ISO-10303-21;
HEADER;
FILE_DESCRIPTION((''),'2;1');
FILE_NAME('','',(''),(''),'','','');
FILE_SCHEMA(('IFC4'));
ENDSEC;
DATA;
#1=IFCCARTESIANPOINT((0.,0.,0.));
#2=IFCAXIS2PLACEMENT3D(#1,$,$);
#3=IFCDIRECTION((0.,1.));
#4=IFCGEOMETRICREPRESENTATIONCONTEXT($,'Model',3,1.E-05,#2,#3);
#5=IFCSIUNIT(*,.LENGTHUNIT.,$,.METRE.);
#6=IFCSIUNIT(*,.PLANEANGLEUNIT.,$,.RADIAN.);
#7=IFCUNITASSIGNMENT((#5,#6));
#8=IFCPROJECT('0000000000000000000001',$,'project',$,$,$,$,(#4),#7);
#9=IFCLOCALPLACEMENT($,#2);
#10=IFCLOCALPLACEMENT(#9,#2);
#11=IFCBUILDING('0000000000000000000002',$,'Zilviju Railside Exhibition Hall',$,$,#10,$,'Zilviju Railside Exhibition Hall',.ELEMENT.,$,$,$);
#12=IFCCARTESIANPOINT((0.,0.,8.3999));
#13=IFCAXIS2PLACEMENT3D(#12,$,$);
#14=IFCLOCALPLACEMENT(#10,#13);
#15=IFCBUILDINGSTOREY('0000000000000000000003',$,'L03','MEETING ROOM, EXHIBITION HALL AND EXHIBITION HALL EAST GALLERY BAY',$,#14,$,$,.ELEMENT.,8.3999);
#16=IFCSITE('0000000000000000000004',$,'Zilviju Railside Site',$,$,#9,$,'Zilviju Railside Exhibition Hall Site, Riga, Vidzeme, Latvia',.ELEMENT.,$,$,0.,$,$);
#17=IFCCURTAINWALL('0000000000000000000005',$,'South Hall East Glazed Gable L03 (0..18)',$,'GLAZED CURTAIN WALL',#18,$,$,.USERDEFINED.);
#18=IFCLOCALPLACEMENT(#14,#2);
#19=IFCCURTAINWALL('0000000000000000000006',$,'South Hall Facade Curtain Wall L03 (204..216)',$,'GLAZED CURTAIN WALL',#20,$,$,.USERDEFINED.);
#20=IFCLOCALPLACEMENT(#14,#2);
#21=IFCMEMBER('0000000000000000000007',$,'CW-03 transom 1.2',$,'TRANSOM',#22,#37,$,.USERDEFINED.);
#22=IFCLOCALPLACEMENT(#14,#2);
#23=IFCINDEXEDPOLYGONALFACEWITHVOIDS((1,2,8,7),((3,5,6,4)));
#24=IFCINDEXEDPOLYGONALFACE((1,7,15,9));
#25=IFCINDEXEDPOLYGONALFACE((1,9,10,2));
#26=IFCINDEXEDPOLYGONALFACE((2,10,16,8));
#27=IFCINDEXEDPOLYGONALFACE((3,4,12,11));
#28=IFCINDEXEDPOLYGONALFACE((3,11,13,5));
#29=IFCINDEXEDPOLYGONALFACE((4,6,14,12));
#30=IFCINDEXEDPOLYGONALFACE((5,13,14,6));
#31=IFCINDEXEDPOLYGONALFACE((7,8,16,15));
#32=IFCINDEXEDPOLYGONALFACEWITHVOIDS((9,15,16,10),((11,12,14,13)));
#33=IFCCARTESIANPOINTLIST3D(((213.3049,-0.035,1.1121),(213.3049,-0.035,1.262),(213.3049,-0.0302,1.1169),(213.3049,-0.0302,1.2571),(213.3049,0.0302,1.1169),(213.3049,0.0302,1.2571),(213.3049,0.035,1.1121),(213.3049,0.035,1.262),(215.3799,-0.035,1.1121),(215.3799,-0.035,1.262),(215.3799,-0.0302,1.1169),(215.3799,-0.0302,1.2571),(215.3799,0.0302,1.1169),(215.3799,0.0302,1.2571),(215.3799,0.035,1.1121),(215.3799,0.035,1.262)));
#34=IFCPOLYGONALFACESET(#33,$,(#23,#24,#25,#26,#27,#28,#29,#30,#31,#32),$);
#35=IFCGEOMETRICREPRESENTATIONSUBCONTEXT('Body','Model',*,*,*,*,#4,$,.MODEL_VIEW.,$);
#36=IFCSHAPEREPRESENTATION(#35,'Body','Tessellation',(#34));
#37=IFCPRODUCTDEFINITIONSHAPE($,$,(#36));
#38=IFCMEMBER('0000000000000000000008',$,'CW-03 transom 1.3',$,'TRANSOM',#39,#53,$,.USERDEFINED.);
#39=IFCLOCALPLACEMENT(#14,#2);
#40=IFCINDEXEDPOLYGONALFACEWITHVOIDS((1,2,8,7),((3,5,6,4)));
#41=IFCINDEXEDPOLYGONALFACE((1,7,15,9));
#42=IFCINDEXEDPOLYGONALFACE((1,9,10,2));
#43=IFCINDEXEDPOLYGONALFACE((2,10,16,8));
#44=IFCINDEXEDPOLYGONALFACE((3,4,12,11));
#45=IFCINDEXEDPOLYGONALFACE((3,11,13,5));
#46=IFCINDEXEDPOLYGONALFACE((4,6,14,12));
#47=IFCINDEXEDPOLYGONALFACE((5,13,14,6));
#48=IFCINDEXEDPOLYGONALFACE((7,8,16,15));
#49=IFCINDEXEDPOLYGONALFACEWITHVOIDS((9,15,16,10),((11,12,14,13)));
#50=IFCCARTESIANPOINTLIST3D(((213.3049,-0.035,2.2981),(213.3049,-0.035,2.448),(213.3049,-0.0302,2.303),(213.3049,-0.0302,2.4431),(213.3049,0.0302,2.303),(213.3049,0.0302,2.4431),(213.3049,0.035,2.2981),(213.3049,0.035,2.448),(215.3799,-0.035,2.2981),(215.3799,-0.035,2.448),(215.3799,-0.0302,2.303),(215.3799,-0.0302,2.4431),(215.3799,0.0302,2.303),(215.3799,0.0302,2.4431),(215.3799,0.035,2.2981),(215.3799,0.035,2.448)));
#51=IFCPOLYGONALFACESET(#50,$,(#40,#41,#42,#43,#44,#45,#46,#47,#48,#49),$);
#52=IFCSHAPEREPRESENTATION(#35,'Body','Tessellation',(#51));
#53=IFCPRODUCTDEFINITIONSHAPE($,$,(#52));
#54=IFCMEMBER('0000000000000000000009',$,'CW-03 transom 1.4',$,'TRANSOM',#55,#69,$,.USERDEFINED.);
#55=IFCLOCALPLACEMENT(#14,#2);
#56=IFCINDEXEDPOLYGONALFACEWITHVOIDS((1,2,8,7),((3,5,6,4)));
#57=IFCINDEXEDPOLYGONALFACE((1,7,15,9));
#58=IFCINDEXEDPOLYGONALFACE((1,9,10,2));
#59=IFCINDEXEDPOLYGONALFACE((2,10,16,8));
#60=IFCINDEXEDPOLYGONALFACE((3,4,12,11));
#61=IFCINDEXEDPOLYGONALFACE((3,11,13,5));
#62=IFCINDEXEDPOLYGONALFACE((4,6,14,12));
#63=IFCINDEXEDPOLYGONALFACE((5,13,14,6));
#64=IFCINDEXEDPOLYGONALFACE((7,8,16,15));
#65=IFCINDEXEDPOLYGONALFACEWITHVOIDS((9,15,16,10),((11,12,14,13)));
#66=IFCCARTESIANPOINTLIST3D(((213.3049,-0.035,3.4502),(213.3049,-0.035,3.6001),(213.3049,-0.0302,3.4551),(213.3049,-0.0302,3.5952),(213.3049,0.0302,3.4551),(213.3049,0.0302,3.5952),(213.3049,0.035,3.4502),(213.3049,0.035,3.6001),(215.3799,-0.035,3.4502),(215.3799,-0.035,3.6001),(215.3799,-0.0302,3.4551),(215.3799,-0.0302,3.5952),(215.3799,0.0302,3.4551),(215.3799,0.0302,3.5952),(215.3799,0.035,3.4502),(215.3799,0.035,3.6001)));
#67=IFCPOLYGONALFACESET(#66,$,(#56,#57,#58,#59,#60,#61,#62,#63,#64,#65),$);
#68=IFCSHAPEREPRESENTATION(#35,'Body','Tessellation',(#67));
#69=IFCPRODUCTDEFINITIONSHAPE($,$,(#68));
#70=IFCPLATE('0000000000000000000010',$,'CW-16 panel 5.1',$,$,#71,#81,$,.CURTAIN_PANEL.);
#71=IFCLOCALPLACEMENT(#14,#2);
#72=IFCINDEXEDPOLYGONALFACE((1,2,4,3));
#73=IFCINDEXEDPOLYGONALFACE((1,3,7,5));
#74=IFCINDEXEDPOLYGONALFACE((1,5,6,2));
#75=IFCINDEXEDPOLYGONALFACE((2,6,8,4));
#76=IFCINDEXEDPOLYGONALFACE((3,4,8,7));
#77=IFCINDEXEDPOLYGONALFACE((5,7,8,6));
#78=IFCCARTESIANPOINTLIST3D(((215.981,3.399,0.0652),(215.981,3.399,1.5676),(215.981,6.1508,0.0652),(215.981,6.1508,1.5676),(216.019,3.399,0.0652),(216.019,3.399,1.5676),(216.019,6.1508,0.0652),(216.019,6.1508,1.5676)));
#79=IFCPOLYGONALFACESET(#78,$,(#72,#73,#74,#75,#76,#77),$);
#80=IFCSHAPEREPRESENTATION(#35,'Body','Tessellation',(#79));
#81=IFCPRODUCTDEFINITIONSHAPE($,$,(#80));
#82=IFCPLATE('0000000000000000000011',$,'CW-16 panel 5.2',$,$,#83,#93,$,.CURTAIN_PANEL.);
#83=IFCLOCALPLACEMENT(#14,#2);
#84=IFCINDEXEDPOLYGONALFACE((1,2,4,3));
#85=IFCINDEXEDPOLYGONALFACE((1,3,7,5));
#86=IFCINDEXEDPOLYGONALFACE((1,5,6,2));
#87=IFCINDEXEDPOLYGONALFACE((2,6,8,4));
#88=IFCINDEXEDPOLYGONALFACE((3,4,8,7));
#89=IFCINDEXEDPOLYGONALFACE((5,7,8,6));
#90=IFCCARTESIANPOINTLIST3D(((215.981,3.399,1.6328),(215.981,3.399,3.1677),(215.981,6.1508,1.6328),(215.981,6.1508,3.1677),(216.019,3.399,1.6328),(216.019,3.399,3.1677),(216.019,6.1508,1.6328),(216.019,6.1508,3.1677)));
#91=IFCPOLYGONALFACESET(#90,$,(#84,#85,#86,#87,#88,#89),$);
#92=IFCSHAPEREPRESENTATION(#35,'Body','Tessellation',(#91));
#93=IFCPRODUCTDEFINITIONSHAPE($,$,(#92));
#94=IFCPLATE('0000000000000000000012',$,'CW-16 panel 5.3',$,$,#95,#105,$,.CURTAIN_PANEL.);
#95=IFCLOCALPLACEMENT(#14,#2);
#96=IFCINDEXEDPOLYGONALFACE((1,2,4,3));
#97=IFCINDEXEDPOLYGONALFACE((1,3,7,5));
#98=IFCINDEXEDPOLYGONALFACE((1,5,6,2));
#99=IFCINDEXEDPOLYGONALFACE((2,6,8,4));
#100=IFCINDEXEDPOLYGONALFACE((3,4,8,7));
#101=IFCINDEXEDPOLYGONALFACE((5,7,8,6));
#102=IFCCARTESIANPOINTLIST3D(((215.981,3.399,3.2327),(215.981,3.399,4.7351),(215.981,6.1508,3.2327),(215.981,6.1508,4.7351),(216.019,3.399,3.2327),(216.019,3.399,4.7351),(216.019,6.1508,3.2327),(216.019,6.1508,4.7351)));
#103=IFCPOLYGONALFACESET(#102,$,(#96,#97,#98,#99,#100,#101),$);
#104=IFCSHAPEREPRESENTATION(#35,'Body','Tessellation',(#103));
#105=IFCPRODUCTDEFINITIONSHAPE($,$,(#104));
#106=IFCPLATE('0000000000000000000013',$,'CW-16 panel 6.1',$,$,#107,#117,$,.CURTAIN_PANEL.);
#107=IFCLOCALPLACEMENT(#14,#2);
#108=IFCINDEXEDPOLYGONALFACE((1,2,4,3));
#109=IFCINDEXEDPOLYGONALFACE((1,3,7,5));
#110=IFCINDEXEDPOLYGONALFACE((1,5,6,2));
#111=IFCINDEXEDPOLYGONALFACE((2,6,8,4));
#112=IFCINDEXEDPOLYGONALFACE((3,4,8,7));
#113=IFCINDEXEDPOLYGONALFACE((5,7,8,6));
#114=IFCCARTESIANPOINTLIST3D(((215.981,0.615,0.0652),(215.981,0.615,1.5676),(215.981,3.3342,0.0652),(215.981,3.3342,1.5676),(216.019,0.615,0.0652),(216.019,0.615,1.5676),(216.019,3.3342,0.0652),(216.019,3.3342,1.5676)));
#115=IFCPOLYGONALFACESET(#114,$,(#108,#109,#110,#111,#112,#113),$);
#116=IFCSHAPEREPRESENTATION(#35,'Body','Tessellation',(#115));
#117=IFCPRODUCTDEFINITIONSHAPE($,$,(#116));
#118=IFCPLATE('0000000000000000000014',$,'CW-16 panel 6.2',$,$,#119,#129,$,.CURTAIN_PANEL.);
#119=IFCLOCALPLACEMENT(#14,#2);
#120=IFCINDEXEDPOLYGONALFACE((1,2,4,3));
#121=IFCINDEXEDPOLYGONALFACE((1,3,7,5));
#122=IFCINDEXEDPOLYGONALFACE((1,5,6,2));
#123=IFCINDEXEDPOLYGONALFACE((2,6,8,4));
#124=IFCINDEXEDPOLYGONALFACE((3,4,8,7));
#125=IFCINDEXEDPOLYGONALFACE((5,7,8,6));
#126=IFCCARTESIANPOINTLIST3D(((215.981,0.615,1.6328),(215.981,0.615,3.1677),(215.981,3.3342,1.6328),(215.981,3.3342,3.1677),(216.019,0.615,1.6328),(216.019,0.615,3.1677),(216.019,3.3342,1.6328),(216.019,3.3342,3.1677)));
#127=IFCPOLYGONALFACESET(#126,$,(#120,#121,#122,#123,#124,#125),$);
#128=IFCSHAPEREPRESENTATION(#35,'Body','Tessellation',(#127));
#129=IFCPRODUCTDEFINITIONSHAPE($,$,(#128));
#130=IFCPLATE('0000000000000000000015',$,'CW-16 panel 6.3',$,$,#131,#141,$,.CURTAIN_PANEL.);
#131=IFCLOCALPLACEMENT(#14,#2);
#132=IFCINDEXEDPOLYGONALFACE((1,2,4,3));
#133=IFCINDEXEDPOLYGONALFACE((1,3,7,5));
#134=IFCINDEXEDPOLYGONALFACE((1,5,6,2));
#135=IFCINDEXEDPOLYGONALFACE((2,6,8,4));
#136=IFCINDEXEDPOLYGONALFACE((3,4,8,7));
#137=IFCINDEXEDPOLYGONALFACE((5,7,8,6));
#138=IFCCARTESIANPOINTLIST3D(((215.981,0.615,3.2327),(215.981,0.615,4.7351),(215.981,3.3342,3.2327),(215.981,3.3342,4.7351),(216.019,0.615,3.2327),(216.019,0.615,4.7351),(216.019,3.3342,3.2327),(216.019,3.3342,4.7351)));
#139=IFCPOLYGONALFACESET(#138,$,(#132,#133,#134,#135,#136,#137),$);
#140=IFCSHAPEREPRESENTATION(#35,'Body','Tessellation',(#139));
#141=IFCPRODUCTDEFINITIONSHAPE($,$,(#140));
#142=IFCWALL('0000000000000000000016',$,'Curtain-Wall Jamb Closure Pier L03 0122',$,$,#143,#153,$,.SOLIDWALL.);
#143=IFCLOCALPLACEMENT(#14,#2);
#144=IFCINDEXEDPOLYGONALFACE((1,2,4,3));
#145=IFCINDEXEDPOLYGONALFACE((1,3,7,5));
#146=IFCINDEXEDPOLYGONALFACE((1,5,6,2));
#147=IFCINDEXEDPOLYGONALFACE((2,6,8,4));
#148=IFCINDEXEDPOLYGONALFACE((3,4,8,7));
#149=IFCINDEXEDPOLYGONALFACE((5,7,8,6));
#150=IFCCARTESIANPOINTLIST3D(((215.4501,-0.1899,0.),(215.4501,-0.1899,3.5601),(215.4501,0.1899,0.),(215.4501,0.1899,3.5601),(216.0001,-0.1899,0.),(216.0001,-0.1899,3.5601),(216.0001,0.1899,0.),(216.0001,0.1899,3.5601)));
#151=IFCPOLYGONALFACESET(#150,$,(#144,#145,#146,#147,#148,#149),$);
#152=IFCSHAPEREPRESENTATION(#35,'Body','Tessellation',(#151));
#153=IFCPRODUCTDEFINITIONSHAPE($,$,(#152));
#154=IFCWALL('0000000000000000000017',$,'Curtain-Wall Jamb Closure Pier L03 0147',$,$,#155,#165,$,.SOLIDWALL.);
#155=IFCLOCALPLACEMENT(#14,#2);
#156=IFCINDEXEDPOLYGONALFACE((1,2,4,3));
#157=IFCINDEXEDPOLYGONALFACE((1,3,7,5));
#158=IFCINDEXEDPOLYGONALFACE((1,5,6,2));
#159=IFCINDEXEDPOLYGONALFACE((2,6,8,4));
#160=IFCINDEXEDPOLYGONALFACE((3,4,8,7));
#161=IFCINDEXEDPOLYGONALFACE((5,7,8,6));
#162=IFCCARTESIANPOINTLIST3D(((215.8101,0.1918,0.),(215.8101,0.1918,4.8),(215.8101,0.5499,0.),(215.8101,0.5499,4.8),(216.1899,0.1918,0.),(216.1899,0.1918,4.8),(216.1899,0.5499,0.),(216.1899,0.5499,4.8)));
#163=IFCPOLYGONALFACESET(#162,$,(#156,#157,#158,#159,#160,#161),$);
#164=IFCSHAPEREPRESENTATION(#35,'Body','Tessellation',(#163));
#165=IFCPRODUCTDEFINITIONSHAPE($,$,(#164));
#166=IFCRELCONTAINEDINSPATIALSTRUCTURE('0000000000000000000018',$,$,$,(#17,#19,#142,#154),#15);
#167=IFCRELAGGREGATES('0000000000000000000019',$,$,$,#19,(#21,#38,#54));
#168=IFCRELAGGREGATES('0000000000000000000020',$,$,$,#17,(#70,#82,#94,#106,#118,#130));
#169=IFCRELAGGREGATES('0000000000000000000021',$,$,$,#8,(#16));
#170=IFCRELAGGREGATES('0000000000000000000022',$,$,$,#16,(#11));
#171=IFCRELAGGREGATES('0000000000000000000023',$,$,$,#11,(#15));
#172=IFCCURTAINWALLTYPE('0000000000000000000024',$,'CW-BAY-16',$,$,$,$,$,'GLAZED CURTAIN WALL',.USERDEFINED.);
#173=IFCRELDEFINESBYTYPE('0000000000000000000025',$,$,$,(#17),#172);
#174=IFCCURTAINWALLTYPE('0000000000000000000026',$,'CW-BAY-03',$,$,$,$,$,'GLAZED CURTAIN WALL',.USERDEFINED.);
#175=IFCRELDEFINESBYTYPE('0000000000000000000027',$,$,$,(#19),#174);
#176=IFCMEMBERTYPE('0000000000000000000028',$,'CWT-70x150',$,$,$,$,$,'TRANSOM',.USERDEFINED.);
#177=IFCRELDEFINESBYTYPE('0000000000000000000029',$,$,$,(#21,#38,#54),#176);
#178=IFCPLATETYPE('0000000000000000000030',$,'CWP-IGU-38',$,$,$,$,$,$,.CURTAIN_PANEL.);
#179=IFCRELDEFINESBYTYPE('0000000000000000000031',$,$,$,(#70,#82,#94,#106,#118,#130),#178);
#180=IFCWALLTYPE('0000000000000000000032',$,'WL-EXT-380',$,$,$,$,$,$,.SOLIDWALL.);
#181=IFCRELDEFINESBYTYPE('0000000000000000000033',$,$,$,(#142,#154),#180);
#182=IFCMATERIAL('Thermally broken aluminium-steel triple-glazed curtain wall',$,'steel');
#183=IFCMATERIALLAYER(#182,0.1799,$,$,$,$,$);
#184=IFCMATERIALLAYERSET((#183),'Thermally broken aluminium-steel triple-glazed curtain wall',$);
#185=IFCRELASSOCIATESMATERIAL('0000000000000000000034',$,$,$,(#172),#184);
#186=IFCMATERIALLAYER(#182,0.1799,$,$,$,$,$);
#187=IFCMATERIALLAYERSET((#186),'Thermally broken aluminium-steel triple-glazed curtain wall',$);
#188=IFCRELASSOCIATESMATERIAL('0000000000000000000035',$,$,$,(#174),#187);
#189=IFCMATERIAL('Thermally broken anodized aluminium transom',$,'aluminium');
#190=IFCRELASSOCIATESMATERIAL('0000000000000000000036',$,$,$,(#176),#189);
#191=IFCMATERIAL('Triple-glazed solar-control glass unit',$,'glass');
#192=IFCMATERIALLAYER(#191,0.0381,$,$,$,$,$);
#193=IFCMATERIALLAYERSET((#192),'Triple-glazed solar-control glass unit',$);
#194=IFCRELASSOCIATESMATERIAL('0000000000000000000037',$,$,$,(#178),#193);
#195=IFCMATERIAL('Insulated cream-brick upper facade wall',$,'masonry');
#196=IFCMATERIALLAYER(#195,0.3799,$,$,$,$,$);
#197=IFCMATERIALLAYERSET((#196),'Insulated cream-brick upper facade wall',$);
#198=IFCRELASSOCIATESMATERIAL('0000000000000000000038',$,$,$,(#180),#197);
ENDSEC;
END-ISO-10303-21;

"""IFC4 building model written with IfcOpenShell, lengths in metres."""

from ifc_helpers import new_model, si_unit, direction, frame, frame_2d, origin, origin_2d, place, context, subcontext, project, spatial, rectangle, hollow_rectangle, extrude, material, layer, layer_set, material_profile, profile_set, type_object, element, aggregate, save


model = new_model("IFC4")

# Units and contexts
model_context = context("Model", 3, precision=1e-05, world=origin(), true_north=direction((0.0, 1.0)))
body_context = subcontext(model_context, "Body", "Model", "MODEL_VIEW")
ifc_project = project(units=[si_unit("LENGTHUNIT", "METRE"), si_unit("PLANEANGLEUNIT", "RADIAN")], contexts=[model_context])

# Site, building, storey
site_placement = place(None, origin())
site = spatial("IfcSite", under=ifc_project, at=site_placement, Name="Zilviju Railside Site", LongName="Zilviju Railside Exhibition Hall Site, Riga, Vidzeme, Latvia", CompositionType="ELEMENT", RefElevation=0.0)
building_placement = place(site_placement, origin())
building = spatial("IfcBuilding", under=site, at=building_placement, Name="Zilviju Railside Exhibition Hall", LongName="Zilviju Railside Exhibition Hall", CompositionType="ELEMENT")
storey_placement = place(building_placement, frame((0.0, 0.0, 8.3999)))
storey = spatial("IfcBuildingStorey", under=building, at=storey_placement, Name="L03", Description="MEETING ROOM, EXHIBITION HALL AND EXHIBITION HALL EAST GALLERY BAY", CompositionType="ELEMENT", Elevation=8.3999)

# Curtain wall
ifc_material_1 = material(Name="Thermally broken aluminium-steel triple-glazed curtain wall", Category="steel")
ifc_layer_1 = layer(ifc_material_1, 0.1799)
ifc_layer_set_1 = layer_set([ifc_layer_1], Name="Thermally broken aluminium-steel triple-glazed curtain wall")
curtain_wall_type_1 = type_object("IfcCurtainWallType", Name="CW-BAY-16", ElementType="GLAZED CURTAIN WALL", PredefinedType="USERDEFINED", material=ifc_layer_set_1)
curtain_wall_1_placement = place(storey_placement, origin())
curtain_wall_1 = element("IfcCurtainWall", 1, at=curtain_wall_1_placement, inside=storey, type_object=curtain_wall_type_1, Name="South Hall East Glazed Gable L03 (0..18)", ObjectType="GLAZED CURTAIN WALL", PredefinedType="USERDEFINED")

# Curtain wall
ifc_layer_2 = layer(ifc_material_1, 0.1799)
ifc_layer_set_2 = layer_set([ifc_layer_2], Name="Thermally broken aluminium-steel triple-glazed curtain wall")
curtain_wall_type_2 = type_object("IfcCurtainWallType", Name="CW-BAY-03", ElementType="GLAZED CURTAIN WALL", PredefinedType="USERDEFINED", material=ifc_layer_set_2)
curtain_wall_2_placement = place(storey_placement, origin())
curtain_wall_2 = element("IfcCurtainWall", 2, at=curtain_wall_2_placement, inside=storey, type_object=curtain_wall_type_2, Name="South Hall Facade Curtain Wall L03 (204..216)", ObjectType="GLAZED CURTAIN WALL", PredefinedType="USERDEFINED")

# Members
ifc_material_2 = material(Name="Thermally broken anodized aluminium transom", Category="aluminium")
ifc_material_profile_1 = material_profile(ifc_material_2, hollow_rectangle(XDim=0.0701, YDim=0.1499, WallThickness=0.0049, at=origin_2d()), Name="TRANSOM 150x70x5")
ifc_profile_set_1 = profile_set([ifc_material_profile_1], Name="Thermally broken anodized aluminium transom")
member_type_1 = type_object("IfcMemberType", Name="CWT-70x150", ElementType="TRANSOM", PredefinedType="USERDEFINED", material=ifc_profile_set_1)
member_1_placement = place(storey_placement, frame((215.3799, 0.0, 1.187), z_axis=(-1.0, 0.0, 0.0), x_axis=(0.0, -1.0, 0.0)))
member_1 = element("IfcMember", 3, at=member_1_placement, type_object=member_type_1, Name="CW-03 transom 1.2", ObjectType="TRANSOM", PredefinedType="USERDEFINED", context=body_context, shape_type="SweptSolid", body=[
    extrude(hollow_rectangle(XDim=0.0701, YDim=0.1499, WallThickness=0.0049, at=origin_2d()), origin(), (0.0, 0.0, 1.0), 2.075),
])
member_2_placement = place(storey_placement, frame((215.3799, 0.0, 2.373), z_axis=(-1.0, 0.0, 0.0), x_axis=(0.0, -1.0, 0.0)))
member_2 = element("IfcMember", 4, at=member_2_placement, type_object=member_type_1, Name="CW-03 transom 1.3", ObjectType="TRANSOM", PredefinedType="USERDEFINED", context=body_context, shape_type="SweptSolid", body=[
    extrude(hollow_rectangle(XDim=0.0701, YDim=0.1499, WallThickness=0.0049, at=origin_2d()), origin(), (0.0, 0.0, 1.0), 2.075),
])
member_3_placement = place(storey_placement, frame((215.3799, 0.0, 3.5251), z_axis=(-1.0, 0.0, 0.0), x_axis=(0.0, -1.0, 0.0)))
member_3 = element("IfcMember", 5, at=member_3_placement, type_object=member_type_1, Name="CW-03 transom 1.4", ObjectType="TRANSOM", PredefinedType="USERDEFINED", context=body_context, shape_type="SweptSolid", body=[
    extrude(hollow_rectangle(XDim=0.0701, YDim=0.1499, WallThickness=0.0049, at=origin_2d()), origin(), (0.0, 0.0, 1.0), 2.075),
])
aggregate(curtain_wall_2, [member_1, member_2, member_3])

# Plates
ifc_material_3 = material(Name="Triple-glazed solar-control glass unit", Category="glass")
ifc_layer_3 = layer(ifc_material_3, 0.0381)
ifc_layer_set_3 = layer_set([ifc_layer_3], Name="Triple-glazed solar-control glass unit")
plate_type = type_object("IfcPlateType", Name="CWP-IGU-38", PredefinedType="CURTAIN_PANEL", material=ifc_layer_set_3)
plate_1_placement = place(storey_placement, frame((216.0, 4.7749, 0.0652), z_axis=(0.0, 0.0, 1.0), x_axis=(0.0, -1.0, 0.0)))
plate_1 = element("IfcPlate", 6, at=plate_1_placement, type_object=plate_type, Name="CW-16 panel 5.1", PredefinedType="CURTAIN_PANEL", context=body_context, shape_type="SweptSolid", body=[
    extrude(rectangle(XDim=2.7517, YDim=0.0381, at=origin_2d()), origin(), (0.0, 0.0, 1.0), 1.5024),
])
plate_2_placement = place(storey_placement, frame((216.0, 4.7749, 1.6328), z_axis=(0.0, 0.0, 1.0), x_axis=(0.0, -1.0, 0.0)))
plate_2 = element("IfcPlate", 7, at=plate_2_placement, type_object=plate_type, Name="CW-16 panel 5.2", PredefinedType="CURTAIN_PANEL", context=body_context, shape_type="SweptSolid", body=[
    extrude(rectangle(XDim=2.7517, YDim=0.0381, at=origin_2d()), origin(), (0.0, 0.0, 1.0), 1.5349),
])
plate_3_placement = place(storey_placement, frame((216.0, 4.7749, 3.2327), z_axis=(0.0, 0.0, 1.0), x_axis=(0.0, -1.0, 0.0)))
plate_3 = element("IfcPlate", 8, at=plate_3_placement, type_object=plate_type, Name="CW-16 panel 5.3", PredefinedType="CURTAIN_PANEL", context=body_context, shape_type="SweptSolid", body=[
    extrude(rectangle(XDim=2.7517, YDim=0.0381, at=origin_2d()), origin(), (0.0, 0.0, 1.0), 1.5024),
])
plate_4_placement = place(storey_placement, frame((216.0, 1.9746, 0.0652), z_axis=(0.0, 0.0, 1.0), x_axis=(0.0, -1.0, 0.0)))
plate_4 = element("IfcPlate", 9, at=plate_4_placement, type_object=plate_type, Name="CW-16 panel 6.1", PredefinedType="CURTAIN_PANEL", context=body_context, shape_type="SweptSolid", body=[
    extrude(rectangle(XDim=2.7192, YDim=0.0381, at=origin_2d()), origin(), (0.0, 0.0, 1.0), 1.5024),
])
plate_5_placement = place(storey_placement, frame((216.0, 1.9746, 1.6328), z_axis=(0.0, 0.0, 1.0), x_axis=(0.0, -1.0, 0.0)))
plate_5 = element("IfcPlate", 10, at=plate_5_placement, type_object=plate_type, Name="CW-16 panel 6.2", PredefinedType="CURTAIN_PANEL", context=body_context, shape_type="SweptSolid", body=[
    extrude(rectangle(XDim=2.7192, YDim=0.0381, at=origin_2d()), origin(), (0.0, 0.0, 1.0), 1.5349),
])
plate_6_placement = place(storey_placement, frame((216.0, 1.9746, 3.2327), z_axis=(0.0, 0.0, 1.0), x_axis=(0.0, -1.0, 0.0)))
plate_6 = element("IfcPlate", 11, at=plate_6_placement, type_object=plate_type, Name="CW-16 panel 6.3", PredefinedType="CURTAIN_PANEL", context=body_context, shape_type="SweptSolid", body=[
    extrude(rectangle(XDim=2.7192, YDim=0.0381, at=origin_2d()), origin(), (0.0, 0.0, 1.0), 1.5024),
])
aggregate(curtain_wall_1, [plate_1, plate_2, plate_3, plate_4, plate_5, plate_6])

# Walls
ifc_material_4 = material(Name="Insulated cream-brick upper facade wall", Category="masonry")
ifc_layer_4 = layer(ifc_material_4, 0.3799)
ifc_layer_set_4 = layer_set([ifc_layer_4], Name="Insulated cream-brick upper facade wall")
wall_type = type_object("IfcWallType", Name="WL-EXT-380", PredefinedType="SOLIDWALL", material=ifc_layer_set_4)
wall_1_placement = place(storey_placement, frame((216.0, 0.0, 0.0), z_axis=(0.0, 0.0, 1.0), x_axis=(-1.0, 0.0, 0.0)))
element("IfcWall", 12, at=wall_1_placement, inside=storey, type_object=wall_type, Name="Curtain-Wall Jamb Closure Pier L03 0122", PredefinedType="SOLIDWALL", context=body_context, shape_type="SweptSolid", body=[
    extrude(rectangle(XDim=0.55, YDim=0.3799, at=frame_2d((0.2749, 0.0))), origin(), (0.0, 0.0, 1.0), 3.5601),
])
wall_2_placement = place(storey_placement, frame((216.0, 0.55, 0.0), z_axis=(0.0, 0.0, 1.0), x_axis=(0.0, -1.0, 0.0)))
element("IfcWall", 13, at=wall_2_placement, inside=storey, type_object=wall_type, Name="Curtain-Wall Jamb Closure Pier L03 0147", PredefinedType="SOLIDWALL", context=body_context, shape_type="SweptSolid", body=[
    extrude(rectangle(XDim=0.3582, YDim=0.3799, at=frame_2d((0.1792, 0.0))), origin(), (0.0, 0.0, 1.0), 4.8),
])

save(model, "model.ifc")
